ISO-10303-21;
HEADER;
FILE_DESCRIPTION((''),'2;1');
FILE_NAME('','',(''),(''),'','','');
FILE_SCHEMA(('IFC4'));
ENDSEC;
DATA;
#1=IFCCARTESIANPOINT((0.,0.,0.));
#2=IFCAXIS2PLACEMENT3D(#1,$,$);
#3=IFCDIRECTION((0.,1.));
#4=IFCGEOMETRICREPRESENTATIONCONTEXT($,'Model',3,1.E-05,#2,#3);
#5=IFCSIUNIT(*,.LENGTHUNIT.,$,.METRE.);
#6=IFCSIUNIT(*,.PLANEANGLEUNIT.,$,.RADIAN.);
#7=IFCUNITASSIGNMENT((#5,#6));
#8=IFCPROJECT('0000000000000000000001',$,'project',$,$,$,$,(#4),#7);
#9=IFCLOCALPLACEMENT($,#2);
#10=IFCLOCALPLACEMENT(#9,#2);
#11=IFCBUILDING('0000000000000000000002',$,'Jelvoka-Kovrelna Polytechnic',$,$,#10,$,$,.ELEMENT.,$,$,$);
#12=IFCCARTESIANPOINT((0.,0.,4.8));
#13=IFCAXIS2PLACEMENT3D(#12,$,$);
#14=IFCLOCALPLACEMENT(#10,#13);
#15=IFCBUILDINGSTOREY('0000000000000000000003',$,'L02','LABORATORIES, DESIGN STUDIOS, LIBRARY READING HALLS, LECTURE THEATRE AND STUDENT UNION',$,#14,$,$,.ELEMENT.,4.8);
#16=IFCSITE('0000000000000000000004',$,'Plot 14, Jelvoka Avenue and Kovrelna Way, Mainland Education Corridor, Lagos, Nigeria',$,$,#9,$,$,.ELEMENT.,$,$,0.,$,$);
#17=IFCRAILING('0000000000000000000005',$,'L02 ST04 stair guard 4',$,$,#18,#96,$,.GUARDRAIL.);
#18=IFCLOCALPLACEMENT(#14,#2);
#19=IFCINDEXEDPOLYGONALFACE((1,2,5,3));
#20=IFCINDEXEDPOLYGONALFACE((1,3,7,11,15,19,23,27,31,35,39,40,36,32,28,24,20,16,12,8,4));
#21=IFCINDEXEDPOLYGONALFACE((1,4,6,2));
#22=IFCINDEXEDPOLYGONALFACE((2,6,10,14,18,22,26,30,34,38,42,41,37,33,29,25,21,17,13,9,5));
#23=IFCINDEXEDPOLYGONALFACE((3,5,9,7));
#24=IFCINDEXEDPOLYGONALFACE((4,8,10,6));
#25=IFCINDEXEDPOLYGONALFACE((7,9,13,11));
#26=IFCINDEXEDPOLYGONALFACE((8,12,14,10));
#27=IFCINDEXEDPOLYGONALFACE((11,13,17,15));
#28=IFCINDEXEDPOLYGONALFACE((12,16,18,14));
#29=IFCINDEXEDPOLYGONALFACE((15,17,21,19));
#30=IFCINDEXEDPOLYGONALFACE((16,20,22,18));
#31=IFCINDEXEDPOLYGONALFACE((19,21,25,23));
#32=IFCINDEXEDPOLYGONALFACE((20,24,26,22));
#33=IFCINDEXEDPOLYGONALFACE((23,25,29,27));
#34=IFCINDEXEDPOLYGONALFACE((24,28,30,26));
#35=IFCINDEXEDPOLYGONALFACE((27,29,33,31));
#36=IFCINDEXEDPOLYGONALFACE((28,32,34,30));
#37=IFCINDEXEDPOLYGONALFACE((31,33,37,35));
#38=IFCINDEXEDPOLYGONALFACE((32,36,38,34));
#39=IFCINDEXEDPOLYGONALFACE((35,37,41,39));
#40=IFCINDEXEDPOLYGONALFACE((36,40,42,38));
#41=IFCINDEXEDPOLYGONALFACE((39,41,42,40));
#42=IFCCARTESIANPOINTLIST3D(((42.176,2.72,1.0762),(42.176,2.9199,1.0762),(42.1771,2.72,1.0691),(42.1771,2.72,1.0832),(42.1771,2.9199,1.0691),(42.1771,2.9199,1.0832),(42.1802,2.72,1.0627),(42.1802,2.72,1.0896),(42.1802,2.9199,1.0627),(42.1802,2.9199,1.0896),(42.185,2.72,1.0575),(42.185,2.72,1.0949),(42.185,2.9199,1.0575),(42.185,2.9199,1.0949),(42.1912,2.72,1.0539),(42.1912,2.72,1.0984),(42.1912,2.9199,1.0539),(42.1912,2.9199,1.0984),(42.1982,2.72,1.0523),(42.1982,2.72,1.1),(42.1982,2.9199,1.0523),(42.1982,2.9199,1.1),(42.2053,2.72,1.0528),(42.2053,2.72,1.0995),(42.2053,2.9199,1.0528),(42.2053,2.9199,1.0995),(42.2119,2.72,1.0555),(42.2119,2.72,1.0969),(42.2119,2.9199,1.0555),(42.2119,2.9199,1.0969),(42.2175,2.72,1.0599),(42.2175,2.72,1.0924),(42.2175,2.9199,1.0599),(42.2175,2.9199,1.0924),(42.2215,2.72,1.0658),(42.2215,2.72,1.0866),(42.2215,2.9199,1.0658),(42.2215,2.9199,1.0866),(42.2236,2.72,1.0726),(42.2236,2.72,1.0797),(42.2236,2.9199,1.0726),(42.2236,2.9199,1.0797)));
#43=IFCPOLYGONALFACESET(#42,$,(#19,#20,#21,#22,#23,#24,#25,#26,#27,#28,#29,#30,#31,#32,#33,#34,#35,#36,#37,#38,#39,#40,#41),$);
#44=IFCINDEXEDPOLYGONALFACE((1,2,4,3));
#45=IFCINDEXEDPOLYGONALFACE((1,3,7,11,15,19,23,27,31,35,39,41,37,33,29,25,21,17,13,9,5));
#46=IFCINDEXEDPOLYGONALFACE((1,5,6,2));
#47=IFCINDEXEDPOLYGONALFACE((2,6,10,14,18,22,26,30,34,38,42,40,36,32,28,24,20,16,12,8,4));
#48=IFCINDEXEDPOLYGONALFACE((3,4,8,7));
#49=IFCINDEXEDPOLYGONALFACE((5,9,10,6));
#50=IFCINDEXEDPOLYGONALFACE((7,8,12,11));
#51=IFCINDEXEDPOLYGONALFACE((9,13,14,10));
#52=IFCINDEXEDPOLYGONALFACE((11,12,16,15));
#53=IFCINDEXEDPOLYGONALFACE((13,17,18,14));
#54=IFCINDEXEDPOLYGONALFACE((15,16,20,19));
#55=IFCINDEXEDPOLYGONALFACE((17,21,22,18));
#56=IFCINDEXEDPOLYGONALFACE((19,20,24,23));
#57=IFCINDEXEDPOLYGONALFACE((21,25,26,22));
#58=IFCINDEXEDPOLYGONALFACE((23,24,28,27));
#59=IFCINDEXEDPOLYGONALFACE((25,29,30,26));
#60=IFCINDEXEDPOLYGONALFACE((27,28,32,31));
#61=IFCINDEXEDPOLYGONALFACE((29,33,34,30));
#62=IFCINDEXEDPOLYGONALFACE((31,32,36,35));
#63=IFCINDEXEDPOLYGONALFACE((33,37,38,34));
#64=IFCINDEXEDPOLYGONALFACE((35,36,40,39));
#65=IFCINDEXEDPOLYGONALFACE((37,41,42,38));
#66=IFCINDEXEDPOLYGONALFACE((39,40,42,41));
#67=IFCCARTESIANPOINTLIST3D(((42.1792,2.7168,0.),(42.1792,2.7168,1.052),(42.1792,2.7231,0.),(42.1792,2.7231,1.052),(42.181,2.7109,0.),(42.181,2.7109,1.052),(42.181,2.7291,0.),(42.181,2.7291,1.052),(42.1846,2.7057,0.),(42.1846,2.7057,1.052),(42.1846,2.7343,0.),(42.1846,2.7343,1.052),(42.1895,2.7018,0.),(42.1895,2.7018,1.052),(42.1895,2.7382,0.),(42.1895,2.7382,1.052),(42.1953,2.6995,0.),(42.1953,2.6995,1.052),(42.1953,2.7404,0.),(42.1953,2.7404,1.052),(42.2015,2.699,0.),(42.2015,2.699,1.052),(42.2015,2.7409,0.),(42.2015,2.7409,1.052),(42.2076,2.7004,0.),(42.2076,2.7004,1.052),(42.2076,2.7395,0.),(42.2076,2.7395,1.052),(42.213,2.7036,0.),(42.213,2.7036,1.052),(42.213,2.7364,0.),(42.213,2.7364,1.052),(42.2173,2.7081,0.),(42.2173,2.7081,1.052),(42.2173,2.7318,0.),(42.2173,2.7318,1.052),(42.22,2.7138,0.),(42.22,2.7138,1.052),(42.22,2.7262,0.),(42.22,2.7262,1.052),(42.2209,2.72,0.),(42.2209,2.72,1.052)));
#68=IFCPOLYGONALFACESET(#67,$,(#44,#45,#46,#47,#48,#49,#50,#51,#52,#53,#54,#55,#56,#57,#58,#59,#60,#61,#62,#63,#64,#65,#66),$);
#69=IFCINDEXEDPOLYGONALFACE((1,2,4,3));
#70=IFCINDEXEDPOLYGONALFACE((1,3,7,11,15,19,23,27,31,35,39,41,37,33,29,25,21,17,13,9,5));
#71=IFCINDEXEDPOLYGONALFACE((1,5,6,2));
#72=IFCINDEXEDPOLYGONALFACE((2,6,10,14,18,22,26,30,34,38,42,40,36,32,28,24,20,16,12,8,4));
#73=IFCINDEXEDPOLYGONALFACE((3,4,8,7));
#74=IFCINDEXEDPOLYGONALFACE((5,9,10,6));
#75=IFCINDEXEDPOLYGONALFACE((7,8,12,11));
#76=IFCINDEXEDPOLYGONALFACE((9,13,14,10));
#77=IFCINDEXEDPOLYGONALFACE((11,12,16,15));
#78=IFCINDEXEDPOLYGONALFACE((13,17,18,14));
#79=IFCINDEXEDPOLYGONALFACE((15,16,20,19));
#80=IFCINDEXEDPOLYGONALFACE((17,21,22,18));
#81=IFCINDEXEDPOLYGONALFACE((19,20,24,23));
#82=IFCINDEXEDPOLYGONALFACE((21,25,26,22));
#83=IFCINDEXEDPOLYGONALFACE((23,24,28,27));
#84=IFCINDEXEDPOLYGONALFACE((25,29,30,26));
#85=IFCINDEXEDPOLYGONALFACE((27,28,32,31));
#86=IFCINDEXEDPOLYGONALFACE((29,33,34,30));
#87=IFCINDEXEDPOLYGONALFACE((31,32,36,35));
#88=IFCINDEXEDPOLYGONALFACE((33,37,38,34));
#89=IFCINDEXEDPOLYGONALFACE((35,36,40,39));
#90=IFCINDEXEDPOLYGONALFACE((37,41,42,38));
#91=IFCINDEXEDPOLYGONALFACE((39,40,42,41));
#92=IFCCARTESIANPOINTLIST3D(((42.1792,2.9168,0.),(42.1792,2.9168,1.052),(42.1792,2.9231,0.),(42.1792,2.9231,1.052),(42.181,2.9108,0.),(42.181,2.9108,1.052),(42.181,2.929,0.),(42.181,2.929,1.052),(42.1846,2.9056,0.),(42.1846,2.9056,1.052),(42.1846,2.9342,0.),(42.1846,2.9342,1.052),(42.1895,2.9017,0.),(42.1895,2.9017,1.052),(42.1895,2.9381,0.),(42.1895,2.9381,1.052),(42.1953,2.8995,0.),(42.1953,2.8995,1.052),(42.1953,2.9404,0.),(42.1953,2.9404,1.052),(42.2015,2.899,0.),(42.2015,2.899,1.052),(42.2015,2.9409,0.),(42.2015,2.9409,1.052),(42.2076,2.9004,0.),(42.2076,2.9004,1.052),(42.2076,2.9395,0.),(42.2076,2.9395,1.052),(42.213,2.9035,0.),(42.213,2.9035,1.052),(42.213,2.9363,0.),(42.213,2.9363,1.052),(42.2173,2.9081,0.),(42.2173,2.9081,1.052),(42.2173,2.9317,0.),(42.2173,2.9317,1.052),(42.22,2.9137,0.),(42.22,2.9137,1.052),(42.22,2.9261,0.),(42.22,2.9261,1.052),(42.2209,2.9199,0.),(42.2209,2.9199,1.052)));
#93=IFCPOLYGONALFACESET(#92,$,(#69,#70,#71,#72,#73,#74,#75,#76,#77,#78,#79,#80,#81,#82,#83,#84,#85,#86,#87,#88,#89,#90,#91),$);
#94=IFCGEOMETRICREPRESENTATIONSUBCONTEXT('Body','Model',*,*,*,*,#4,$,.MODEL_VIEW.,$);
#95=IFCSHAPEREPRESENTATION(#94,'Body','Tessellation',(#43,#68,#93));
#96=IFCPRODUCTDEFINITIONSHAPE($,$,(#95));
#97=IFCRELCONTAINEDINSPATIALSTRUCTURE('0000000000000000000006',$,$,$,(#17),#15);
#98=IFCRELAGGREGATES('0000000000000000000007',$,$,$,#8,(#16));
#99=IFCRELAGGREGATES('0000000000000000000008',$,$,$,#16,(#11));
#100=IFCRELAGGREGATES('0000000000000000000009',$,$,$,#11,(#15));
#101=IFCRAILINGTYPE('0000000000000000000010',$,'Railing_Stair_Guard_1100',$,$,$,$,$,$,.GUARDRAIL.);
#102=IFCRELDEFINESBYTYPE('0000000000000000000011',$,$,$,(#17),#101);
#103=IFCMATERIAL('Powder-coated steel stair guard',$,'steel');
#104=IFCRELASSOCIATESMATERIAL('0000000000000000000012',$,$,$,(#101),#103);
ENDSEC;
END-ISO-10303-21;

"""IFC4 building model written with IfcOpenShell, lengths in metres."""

from ifc_helpers import new_model, si_unit, direction, frame, origin, origin_2d, place, context, subcontext, project, spatial, circle, extrude, material, type_object, element, save


model = new_model("IFC4")

# Units and contexts
model_context = context("Model", 3, precision=1e-05, world=origin(), true_north=direction((0.0, 1.0)))
body_context = subcontext(model_context, "Body", "Model", "MODEL_VIEW")
ifc_project = project(units=[si_unit("LENGTHUNIT", "METRE"), si_unit("PLANEANGLEUNIT", "RADIAN")], contexts=[model_context])

# Site, building, storey
site_placement = place(None, origin())
site = spatial("IfcSite", under=ifc_project, at=site_placement, Name="Plot 14, Jelvoka Avenue and Kovrelna Way, Mainland Education Corridor, Lagos, Nigeria", CompositionType="ELEMENT", RefElevation=0.0)
building_placement = place(site_placement, origin())
building = spatial("IfcBuilding", under=site, at=building_placement, Name="Jelvoka-Kovrelna Polytechnic", CompositionType="ELEMENT")
storey_placement = place(building_placement, frame((0.0, 0.0, 4.8)))
storey = spatial("IfcBuildingStorey", under=building, at=storey_placement, Name="L02", Description="LABORATORIES, DESIGN STUDIOS, LIBRARY READING HALLS, LECTURE THEATRE AND STUDENT UNION", CompositionType="ELEMENT", Elevation=4.8)

# Railing
ifc_material_1 = material(Name="Powder-coated steel stair guard", Category="steel")
railing_type_1 = type_object("IfcRailingType", Name="Railing_Stair_Guard_1100", PredefinedType="GUARDRAIL", material=ifc_material_1)
railing_1_placement = place(storey_placement, frame((42.2, 2.72, 0.0)))
element("IfcRailing", 1, at=railing_1_placement, inside=storey, type_object=railing_type_1, Name="L02 ST04 stair guard 4", PredefinedType="GUARDRAIL", context=body_context, shape_type="SweptSolid", body=[
    extrude(circle(Radius=0.0239, at=origin_2d()), frame((0.0, 0.0, 1.0762), z_axis=(0.0, 1.0, 0.0), x_axis=(-1.0, 0.0, 0.0)), (0.0, 0.0, 1.0), 0.2),
    extrude(circle(Radius=0.021, at=origin_2d()), origin(), (0.0, 0.0, 1.0), 1.052),
    extrude(circle(Radius=0.021, at=origin_2d()), frame((0.0, 0.2, 0.0)), (0.0, 0.0, 1.0), 1.052),
])

save(model, "model.ifc")
